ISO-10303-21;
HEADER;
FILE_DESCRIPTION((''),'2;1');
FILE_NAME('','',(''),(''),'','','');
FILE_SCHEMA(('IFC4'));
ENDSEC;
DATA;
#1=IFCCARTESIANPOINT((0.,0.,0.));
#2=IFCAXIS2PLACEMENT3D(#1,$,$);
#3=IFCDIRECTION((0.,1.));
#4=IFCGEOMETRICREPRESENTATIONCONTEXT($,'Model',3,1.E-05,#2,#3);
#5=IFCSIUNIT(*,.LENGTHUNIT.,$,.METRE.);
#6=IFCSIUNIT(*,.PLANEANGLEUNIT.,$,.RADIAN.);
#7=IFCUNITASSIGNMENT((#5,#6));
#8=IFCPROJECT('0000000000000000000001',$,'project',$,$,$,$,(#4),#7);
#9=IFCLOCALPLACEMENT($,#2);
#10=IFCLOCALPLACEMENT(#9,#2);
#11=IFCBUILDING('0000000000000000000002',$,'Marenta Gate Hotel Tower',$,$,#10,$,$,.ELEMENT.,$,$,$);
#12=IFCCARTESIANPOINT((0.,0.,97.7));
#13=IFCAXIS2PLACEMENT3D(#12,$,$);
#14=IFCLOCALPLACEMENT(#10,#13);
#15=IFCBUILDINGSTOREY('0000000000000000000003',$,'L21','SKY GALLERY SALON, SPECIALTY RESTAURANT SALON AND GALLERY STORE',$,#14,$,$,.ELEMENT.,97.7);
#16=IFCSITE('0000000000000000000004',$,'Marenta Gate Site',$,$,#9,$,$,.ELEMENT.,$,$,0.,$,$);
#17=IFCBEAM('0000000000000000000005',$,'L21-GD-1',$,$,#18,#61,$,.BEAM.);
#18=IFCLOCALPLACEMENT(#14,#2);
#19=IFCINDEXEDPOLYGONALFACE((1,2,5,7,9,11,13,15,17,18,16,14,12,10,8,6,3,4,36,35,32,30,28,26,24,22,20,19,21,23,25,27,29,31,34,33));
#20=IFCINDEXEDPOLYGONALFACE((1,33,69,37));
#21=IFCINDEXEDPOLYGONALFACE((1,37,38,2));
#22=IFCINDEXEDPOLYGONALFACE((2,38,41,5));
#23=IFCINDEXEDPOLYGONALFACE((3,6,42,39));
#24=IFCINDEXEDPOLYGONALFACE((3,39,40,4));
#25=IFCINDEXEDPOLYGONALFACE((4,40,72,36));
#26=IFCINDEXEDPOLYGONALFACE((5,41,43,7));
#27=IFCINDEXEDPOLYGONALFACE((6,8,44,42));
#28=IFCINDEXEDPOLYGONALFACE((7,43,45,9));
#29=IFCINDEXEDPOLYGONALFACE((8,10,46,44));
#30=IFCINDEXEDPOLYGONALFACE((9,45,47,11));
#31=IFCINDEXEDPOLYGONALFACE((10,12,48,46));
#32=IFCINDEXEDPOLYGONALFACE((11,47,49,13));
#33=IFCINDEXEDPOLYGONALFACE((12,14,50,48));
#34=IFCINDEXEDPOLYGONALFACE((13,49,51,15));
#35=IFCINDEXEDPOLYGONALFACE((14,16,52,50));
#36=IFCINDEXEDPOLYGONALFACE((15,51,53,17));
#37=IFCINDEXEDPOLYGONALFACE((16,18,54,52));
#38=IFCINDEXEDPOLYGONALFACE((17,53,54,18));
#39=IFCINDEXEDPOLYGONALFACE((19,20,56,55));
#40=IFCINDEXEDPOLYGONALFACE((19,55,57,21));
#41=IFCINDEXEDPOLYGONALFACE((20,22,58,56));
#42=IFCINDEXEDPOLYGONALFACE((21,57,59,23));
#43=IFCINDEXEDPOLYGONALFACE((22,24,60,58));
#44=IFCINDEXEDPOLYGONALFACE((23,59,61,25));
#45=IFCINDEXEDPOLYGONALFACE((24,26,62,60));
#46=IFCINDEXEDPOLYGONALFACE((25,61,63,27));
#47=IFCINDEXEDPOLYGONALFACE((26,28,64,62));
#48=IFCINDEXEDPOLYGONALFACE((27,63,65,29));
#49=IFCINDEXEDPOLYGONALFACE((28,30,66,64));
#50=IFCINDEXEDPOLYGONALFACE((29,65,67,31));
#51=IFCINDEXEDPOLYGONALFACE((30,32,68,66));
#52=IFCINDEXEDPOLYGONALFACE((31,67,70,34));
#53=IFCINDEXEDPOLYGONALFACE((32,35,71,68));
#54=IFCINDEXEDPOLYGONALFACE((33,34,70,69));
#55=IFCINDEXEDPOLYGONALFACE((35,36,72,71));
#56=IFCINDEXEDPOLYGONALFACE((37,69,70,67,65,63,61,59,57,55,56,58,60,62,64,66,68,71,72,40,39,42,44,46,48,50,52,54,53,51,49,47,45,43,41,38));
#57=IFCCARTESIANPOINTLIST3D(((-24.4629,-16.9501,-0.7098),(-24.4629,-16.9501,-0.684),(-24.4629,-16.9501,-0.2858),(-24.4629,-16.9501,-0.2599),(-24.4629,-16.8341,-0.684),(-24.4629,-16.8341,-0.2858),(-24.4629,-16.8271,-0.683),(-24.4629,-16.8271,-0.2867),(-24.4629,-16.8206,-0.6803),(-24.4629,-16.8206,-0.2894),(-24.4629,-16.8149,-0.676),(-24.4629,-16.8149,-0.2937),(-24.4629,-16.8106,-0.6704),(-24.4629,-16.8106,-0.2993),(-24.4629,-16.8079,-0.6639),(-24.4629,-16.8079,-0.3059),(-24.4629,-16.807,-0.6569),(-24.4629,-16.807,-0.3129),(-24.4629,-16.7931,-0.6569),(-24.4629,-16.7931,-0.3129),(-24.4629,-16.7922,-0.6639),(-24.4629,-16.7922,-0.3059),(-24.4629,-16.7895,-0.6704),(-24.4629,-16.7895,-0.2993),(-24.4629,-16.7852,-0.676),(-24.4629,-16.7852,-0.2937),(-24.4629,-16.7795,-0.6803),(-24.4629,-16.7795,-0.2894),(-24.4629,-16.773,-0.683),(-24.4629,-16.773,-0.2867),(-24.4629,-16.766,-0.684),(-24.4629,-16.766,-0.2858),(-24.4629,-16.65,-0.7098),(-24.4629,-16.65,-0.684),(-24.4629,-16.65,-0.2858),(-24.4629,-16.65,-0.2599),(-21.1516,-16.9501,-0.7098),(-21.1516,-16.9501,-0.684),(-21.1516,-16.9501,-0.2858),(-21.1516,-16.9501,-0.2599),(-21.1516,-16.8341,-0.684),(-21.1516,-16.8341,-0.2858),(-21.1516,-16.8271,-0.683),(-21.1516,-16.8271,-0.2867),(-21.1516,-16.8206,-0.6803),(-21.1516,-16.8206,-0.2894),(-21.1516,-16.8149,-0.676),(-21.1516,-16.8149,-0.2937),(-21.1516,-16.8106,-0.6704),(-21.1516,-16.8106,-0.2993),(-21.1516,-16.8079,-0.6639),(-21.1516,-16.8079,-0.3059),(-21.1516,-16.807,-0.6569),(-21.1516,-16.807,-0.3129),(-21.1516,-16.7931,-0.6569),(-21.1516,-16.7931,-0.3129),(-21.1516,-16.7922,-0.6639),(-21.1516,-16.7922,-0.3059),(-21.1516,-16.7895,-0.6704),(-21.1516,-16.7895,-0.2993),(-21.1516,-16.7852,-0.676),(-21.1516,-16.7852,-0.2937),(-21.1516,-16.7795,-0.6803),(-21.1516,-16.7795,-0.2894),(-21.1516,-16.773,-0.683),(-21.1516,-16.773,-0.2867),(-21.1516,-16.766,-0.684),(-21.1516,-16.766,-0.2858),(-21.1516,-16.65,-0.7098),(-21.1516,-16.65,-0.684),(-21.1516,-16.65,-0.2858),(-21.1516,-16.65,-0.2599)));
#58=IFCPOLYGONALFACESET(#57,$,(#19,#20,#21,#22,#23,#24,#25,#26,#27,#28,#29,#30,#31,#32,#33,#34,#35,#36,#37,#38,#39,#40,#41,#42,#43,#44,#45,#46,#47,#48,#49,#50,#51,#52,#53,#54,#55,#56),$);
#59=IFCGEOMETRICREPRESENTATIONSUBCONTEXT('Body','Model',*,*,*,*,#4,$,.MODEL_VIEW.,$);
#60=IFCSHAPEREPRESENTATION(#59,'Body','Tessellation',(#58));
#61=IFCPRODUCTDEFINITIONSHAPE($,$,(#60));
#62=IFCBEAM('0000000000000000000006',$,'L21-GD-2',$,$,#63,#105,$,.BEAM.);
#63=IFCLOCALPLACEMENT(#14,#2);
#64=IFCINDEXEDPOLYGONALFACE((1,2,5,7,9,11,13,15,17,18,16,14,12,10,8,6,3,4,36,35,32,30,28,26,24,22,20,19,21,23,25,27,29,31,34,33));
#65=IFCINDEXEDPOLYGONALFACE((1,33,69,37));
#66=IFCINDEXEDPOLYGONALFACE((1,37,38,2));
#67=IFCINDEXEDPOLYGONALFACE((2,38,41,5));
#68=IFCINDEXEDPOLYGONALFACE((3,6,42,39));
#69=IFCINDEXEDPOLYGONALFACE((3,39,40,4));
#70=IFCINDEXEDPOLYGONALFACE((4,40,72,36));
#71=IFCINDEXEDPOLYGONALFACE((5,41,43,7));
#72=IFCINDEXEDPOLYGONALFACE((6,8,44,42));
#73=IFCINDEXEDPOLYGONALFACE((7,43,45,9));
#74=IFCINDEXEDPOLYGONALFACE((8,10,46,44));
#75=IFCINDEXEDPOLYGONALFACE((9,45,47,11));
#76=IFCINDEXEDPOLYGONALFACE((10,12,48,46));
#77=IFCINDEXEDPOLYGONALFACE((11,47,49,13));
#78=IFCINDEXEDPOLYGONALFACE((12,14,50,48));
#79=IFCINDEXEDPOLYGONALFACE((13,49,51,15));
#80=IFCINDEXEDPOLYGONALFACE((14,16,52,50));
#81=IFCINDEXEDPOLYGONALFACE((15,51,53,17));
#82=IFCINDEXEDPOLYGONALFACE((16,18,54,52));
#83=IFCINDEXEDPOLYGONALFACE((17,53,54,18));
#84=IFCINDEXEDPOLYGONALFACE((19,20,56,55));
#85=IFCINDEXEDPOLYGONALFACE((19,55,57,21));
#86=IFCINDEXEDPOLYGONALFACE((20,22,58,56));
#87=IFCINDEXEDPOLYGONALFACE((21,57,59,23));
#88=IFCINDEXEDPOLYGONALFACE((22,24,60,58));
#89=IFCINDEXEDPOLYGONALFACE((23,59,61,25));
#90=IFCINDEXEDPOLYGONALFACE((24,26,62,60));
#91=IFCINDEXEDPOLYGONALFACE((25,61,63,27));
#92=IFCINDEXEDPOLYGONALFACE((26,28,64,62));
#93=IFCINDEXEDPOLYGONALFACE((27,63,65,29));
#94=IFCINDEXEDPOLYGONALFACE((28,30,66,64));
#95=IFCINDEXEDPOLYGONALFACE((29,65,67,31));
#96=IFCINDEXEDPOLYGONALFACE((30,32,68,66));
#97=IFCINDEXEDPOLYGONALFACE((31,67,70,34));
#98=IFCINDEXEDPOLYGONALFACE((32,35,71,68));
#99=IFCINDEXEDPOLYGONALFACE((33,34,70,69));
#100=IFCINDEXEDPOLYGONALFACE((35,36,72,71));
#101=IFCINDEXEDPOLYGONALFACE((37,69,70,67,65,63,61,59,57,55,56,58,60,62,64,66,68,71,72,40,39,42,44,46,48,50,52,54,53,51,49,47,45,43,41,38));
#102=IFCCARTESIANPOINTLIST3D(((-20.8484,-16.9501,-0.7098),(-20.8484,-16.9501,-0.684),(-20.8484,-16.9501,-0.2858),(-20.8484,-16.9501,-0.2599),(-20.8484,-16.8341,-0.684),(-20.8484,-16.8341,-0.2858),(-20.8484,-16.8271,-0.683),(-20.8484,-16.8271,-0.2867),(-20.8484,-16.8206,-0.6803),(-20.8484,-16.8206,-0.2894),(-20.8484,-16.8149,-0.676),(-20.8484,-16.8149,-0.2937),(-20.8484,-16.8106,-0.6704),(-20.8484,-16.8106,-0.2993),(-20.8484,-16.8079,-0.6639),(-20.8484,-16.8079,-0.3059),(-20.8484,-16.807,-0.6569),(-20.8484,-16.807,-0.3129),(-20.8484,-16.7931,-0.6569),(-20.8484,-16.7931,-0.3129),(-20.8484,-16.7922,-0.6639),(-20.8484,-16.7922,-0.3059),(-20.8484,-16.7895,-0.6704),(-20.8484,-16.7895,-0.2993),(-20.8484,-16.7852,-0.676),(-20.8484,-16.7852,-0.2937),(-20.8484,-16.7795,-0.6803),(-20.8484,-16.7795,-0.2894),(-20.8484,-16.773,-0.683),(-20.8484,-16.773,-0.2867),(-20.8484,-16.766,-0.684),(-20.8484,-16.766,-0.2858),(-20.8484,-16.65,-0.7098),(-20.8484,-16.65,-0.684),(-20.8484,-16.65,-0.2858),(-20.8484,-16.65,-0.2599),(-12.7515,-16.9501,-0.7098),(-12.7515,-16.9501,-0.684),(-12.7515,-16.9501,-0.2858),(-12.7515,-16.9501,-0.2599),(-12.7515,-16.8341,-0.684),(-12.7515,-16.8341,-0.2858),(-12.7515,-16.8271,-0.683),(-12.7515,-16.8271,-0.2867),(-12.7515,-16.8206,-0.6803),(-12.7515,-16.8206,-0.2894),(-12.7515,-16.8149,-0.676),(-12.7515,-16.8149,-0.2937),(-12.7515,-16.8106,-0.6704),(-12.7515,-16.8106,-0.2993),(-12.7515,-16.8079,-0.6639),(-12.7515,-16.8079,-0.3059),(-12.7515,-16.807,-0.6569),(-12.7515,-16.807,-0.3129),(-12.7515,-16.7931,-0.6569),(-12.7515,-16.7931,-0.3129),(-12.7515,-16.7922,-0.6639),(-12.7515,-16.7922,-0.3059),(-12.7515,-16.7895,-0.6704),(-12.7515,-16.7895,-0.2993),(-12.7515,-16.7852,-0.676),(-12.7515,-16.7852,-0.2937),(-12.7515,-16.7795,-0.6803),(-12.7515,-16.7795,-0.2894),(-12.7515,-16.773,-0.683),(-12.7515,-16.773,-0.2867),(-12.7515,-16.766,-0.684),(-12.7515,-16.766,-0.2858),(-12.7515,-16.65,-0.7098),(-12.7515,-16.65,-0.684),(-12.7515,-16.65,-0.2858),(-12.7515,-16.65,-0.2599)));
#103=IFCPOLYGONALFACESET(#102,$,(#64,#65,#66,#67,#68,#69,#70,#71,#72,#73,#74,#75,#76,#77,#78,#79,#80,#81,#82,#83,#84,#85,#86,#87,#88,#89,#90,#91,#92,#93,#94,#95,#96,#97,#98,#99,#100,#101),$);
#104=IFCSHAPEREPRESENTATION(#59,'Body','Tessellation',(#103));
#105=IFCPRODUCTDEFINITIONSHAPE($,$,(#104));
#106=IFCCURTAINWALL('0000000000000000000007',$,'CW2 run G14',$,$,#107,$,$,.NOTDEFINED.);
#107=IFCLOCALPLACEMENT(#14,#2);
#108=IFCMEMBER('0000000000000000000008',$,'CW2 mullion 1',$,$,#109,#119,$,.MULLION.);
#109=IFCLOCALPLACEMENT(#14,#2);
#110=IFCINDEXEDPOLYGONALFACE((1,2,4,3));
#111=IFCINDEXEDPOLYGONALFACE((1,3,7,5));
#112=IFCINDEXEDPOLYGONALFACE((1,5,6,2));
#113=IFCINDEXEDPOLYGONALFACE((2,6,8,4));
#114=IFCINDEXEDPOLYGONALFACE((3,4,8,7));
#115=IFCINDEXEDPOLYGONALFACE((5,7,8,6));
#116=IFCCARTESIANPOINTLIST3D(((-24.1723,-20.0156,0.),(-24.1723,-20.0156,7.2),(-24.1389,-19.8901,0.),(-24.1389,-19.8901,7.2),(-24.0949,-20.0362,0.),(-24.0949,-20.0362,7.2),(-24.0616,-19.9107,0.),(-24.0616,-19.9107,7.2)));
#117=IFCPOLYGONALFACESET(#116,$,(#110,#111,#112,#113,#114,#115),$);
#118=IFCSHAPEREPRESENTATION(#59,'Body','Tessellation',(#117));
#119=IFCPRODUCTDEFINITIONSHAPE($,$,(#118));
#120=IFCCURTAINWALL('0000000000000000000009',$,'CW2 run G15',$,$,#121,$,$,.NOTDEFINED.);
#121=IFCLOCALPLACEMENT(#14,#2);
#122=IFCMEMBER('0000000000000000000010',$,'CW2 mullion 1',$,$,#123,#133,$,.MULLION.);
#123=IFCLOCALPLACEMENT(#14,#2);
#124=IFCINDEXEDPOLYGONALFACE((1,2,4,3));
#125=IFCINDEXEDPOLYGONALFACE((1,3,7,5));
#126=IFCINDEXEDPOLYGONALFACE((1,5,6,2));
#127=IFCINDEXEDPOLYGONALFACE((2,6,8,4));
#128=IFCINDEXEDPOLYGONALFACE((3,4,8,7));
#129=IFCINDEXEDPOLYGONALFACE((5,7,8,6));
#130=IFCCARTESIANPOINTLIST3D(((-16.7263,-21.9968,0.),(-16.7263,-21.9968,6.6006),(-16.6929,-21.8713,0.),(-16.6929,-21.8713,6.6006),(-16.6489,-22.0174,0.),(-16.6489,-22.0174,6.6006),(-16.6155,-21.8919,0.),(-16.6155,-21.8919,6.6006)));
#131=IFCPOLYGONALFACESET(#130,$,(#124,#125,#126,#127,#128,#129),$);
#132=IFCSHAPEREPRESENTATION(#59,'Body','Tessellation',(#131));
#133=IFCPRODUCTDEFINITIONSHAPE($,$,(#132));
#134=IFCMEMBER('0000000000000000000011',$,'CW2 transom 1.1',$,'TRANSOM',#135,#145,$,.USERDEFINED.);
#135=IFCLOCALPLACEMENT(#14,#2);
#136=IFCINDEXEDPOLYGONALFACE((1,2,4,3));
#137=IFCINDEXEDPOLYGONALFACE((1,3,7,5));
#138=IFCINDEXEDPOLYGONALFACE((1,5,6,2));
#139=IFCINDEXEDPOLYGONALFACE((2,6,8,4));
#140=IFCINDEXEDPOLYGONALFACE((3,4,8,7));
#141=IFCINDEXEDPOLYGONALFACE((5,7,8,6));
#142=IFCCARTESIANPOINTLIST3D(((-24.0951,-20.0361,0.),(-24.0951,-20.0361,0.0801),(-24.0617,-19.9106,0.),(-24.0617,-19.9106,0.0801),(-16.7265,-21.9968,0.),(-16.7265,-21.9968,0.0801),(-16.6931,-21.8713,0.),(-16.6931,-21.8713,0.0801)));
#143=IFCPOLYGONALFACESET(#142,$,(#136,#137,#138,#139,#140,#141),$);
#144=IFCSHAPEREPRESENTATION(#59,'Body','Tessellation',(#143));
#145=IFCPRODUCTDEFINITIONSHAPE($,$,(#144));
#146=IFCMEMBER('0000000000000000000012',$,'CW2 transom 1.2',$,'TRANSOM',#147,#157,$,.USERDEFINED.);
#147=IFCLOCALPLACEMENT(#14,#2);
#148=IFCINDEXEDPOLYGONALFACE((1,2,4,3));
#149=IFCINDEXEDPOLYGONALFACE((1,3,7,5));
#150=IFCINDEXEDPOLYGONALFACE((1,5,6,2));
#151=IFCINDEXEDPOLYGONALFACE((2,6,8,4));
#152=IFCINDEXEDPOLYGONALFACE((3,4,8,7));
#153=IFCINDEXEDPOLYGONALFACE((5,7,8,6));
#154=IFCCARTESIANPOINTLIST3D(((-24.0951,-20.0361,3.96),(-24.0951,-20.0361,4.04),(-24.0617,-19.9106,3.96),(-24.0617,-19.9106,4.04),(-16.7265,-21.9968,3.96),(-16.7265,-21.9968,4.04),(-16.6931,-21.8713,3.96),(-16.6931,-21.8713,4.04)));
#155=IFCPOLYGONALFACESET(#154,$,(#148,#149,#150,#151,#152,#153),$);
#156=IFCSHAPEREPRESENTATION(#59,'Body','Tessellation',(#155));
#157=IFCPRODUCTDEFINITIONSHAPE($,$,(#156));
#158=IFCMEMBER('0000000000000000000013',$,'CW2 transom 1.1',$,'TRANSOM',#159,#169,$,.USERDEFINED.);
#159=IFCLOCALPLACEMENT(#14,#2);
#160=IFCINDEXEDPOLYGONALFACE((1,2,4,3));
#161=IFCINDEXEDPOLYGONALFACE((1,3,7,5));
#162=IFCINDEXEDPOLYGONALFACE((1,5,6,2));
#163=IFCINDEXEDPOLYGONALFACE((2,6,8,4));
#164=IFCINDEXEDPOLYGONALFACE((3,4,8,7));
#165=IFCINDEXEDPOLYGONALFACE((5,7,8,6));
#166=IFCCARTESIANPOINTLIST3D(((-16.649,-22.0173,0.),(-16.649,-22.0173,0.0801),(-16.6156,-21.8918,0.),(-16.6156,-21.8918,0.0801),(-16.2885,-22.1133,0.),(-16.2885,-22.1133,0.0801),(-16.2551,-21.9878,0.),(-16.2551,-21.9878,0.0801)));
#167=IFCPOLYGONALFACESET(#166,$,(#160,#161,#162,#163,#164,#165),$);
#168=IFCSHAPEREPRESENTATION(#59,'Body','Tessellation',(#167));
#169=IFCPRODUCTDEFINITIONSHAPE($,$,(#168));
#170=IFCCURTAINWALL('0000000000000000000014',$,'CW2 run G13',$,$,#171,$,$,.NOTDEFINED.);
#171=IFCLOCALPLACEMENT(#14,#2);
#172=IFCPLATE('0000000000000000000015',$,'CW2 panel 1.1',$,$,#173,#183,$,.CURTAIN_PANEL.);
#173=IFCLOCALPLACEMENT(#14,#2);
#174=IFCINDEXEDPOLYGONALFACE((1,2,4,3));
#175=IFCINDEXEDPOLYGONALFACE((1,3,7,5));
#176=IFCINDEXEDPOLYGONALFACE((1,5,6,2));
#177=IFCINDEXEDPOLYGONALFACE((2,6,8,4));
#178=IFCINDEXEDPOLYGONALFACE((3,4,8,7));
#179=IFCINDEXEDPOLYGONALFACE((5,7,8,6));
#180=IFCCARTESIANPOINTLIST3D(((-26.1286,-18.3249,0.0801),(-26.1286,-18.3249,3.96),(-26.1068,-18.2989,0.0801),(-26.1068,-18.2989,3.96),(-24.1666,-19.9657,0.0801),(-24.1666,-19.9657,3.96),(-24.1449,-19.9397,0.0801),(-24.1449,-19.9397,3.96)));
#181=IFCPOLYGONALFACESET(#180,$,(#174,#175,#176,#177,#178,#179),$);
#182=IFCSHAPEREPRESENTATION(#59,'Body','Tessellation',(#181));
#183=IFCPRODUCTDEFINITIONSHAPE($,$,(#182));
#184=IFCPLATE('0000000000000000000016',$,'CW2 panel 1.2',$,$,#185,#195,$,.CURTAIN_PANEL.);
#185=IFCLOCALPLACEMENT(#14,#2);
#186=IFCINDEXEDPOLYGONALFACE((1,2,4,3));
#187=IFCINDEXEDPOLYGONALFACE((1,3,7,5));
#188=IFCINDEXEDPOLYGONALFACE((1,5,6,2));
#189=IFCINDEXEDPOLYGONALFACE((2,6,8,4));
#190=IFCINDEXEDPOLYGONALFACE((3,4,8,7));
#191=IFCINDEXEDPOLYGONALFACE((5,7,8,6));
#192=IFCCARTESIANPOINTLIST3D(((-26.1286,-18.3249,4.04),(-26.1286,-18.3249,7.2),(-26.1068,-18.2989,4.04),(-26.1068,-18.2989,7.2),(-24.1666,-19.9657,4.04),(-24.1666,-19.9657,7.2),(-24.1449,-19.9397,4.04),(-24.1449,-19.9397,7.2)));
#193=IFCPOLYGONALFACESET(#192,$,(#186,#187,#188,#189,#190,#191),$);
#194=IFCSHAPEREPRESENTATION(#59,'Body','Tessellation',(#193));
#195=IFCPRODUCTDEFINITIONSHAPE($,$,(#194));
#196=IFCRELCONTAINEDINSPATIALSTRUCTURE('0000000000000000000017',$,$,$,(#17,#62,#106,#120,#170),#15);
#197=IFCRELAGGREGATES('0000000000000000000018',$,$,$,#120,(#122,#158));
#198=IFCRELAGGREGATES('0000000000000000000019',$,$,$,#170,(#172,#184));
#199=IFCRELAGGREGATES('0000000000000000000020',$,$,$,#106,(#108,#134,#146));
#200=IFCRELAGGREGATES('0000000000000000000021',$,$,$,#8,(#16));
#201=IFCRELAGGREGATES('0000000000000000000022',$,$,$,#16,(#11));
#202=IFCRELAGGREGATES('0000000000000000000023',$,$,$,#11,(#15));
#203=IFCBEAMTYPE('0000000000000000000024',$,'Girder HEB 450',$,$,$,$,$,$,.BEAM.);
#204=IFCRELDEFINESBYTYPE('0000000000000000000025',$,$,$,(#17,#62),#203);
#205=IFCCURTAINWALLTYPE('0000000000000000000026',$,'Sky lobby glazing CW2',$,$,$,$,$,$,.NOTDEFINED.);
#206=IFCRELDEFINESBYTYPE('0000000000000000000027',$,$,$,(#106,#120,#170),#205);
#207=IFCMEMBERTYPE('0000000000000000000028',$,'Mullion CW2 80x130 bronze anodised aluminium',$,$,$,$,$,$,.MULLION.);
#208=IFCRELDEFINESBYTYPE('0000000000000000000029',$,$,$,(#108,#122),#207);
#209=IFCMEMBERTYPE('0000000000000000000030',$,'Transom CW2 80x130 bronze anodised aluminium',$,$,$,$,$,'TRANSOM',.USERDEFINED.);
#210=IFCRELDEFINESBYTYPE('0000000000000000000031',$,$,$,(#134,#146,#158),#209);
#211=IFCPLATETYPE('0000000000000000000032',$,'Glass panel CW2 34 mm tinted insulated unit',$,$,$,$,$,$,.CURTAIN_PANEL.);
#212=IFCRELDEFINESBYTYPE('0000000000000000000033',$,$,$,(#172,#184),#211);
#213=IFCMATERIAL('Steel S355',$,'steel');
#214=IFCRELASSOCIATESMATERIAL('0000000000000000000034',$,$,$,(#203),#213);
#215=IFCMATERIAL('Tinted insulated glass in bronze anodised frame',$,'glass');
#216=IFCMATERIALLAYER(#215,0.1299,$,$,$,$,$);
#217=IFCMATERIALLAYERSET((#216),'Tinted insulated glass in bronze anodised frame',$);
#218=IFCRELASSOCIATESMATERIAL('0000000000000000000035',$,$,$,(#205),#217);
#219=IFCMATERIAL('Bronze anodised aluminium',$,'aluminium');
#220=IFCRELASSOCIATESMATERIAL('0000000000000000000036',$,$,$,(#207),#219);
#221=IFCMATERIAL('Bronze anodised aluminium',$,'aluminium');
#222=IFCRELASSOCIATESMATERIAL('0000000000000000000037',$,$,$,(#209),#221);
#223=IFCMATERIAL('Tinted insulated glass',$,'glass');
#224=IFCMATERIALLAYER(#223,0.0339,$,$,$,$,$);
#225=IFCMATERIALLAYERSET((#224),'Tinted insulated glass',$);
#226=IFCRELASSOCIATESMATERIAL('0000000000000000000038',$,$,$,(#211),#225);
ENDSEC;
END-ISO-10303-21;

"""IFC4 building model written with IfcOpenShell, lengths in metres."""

from ifc_helpers import new_model, si_unit, direction, frame, origin, origin_2d, place, context, subcontext, project, spatial, rectangle, i_section, extrude, material, layer, layer_set, material_profile, profile_set, type_object, element, aggregate, save


model = new_model("IFC4")

# Units and contexts
model_context = context("Model", 3, precision=1e-05, world=origin(), true_north=direction((0.0, 1.0)))
body_context = subcontext(model_context, "Body", "Model", "MODEL_VIEW")
ifc_project = project(units=[si_unit("LENGTHUNIT", "METRE"), si_unit("PLANEANGLEUNIT", "RADIAN")], contexts=[model_context])

# Site, building, storey
site_placement = place(None, origin())
site = spatial("IfcSite", under=ifc_project, at=site_placement, Name="Marenta Gate Site", CompositionType="ELEMENT", RefElevation=0.0)
building_placement = place(site_placement, origin())
building = spatial("IfcBuilding", under=site, at=building_placement, Name="Marenta Gate Hotel Tower", CompositionType="ELEMENT")
storey_placement = place(building_placement, frame((0.0, 0.0, 97.7)))
storey = spatial("IfcBuildingStorey", under=building, at=storey_placement, Name="L21", Description="SKY GALLERY SALON, SPECIALTY RESTAURANT SALON AND GALLERY STORE", CompositionType="ELEMENT", Elevation=97.7)

# Beams
ifc_material_1 = material(Name="Steel S355", Category="steel")
ifc_material_profile_1 = material_profile(ifc_material_1, i_section(OverallWidth=0.3, OverallDepth=0.45, WebThickness=0.0139, FlangeThickness=0.0259, FilletRadius=0.0271, at=origin_2d()), Name="HEB 450")
ifc_profile_set_1 = profile_set([ifc_material_profile_1], Name="Steel S355")
beam_type_1 = type_object("IfcBeamType", Name="Girder HEB 450", PredefinedType="BEAM", material=ifc_profile_set_1)
beam_1_placement = place(storey_placement, frame((-24.4629, -16.8, -0.4849), z_axis=(1.0, 0.0, 0.0), x_axis=(0.0, 1.0, 0.0)))
element("IfcBeam", 1, at=beam_1_placement, inside=storey, type_object=beam_type_1, Name="L21-GD-1", PredefinedType="BEAM", context=body_context, shape_type="SweptSolid", body=[
    extrude(i_section(OverallWidth=0.3, OverallDepth=0.45, WebThickness=0.0139, FlangeThickness=0.0259, FilletRadius=0.0271, at=origin_2d()), origin(), (0.0, 0.0, 1.0), 3.3113),
])
beam_2_placement = place(storey_placement, frame((-20.8484, -16.8, -0.4849), z_axis=(1.0, 0.0, 0.0), x_axis=(0.0, 1.0, 0.0)))
element("IfcBeam", 2, at=beam_2_placement, inside=storey, type_object=beam_type_1, Name="L21-GD-2", PredefinedType="BEAM", context=body_context, shape_type="SweptSolid", body=[
    extrude(i_section(OverallWidth=0.3, OverallDepth=0.45, WebThickness=0.0139, FlangeThickness=0.0259, FilletRadius=0.0271, at=origin_2d()), origin(), (0.0, 0.0, 1.0), 8.0969),
])

# Curtain walls, members
ifc_material_2 = material(Name="Tinted insulated glass in bronze anodised frame", Category="glass")
ifc_layer_1 = layer(ifc_material_2, 0.1299)
ifc_layer_set_1 = layer_set([ifc_layer_1], Name="Tinted insulated glass in bronze anodised frame")
curtain_wall_type = type_object("IfcCurtainWallType", Name="Sky lobby glazing CW2", PredefinedType="NOTDEFINED", material=ifc_layer_set_1)
curtain_wall_1_placement = place(storey_placement, origin())
curtain_wall_1 = element("IfcCurtainWall", 3, at=curtain_wall_1_placement, inside=storey, type_object=curtain_wall_type, Name="CW2 run G14", PredefinedType="NOTDEFINED")
ifc_material_3 = material(Name="Bronze anodised aluminium", Category="aluminium")
ifc_material_profile_2 = material_profile(ifc_material_3, rectangle(XDim=0.1299, YDim=0.0801, at=origin_2d()), Name="Mullion CW2 80x130 bronze anodised aluminium")
ifc_profile_set_2 = profile_set([ifc_material_profile_2], Name="Bronze anodised aluminium")
member_type_1 = type_object("IfcMemberType", Name="Mullion CW2 80x130 bronze anodised aluminium", PredefinedType="MULLION", material=ifc_profile_set_2)
member_1_placement = place(storey_placement, frame((-24.1169, -19.9631, 0.0), z_axis=(0.0, 0.0, 1.0), x_axis=(0.257138, 0.966375, 0.0)))
member_1 = element("IfcMember", 4, at=member_1_placement, type_object=member_type_1, Name="CW2 mullion 1", PredefinedType="MULLION", context=body_context, shape_type="SweptSolid", body=[
    extrude(rectangle(XDim=0.1299, YDim=0.0801, at=origin_2d()), origin(), (0.0, 0.0, 1.0), 7.2),
])
curtain_wall_2_placement = place(storey_placement, origin())
curtain_wall_2 = element("IfcCurtainWall", 5, at=curtain_wall_2_placement, inside=storey, type_object=curtain_wall_type, Name="CW2 run G15", PredefinedType="NOTDEFINED")
member_2_placement = place(storey_placement, frame((-16.6709, -21.9443, 0.0), z_axis=(0.0, 0.0, 1.0), x_axis=(0.257154, 0.96637, 0.0)))
member_2 = element("IfcMember", 6, at=member_2_placement, type_object=member_type_1, Name="CW2 mullion 1", PredefinedType="MULLION", context=body_context, shape_type="SweptSolid", body=[
    extrude(rectangle(XDim=0.1299, YDim=0.0801, at=origin_2d()), origin(), (0.0, 0.0, 1.0), 6.6006),
])

# Members
ifc_material_4 = material(Name="Bronze anodised aluminium", Category="aluminium")
ifc_material_profile_3 = material_profile(ifc_material_4, rectangle(XDim=0.1299, YDim=0.0801, at=origin_2d()), Name="Transom CW2 80x130 bronze anodised aluminium")
ifc_profile_set_3 = profile_set([ifc_material_profile_3], Name="Bronze anodised aluminium")
member_type_2 = type_object("IfcMemberType", Name="Transom CW2 80x130 bronze anodised aluminium", ElementType="TRANSOM", PredefinedType="USERDEFINED", material=ifc_profile_set_3)
member_3_placement = place(storey_placement, frame((-24.0784, -19.9734, 0.04), z_axis=(0.966375, -0.257138, 0.0), x_axis=(0.257138, 0.966375, 0.0)))
member_3 = element("IfcMember", 7, at=member_3_placement, type_object=member_type_2, Name="CW2 transom 1.1", ObjectType="TRANSOM", PredefinedType="USERDEFINED", context=body_context, shape_type="SweptSolid", body=[
    extrude(rectangle(XDim=0.1299, YDim=0.0801, at=origin_2d()), origin(), (0.0, 0.0, 1.0), 7.625),
])
member_4_placement = place(storey_placement, frame((-24.0784, -19.9734, 4.0), z_axis=(0.966375, -0.257138, 0.0), x_axis=(0.257138, 0.966375, 0.0)))
member_4 = element("IfcMember", 8, at=member_4_placement, type_object=member_type_2, Name="CW2 transom 1.2", ObjectType="TRANSOM", PredefinedType="USERDEFINED", context=body_context, shape_type="SweptSolid", body=[
    extrude(rectangle(XDim=0.1299, YDim=0.0801, at=origin_2d()), origin(), (0.0, 0.0, 1.0), 7.625),
])
member_5_placement = place(storey_placement, frame((-16.6323, -21.9546, 0.04), z_axis=(0.966376, -0.257133, 0.0), x_axis=(0.257133, 0.966376, 0.0)))
member_5 = element("IfcMember", 9, at=member_5_placement, type_object=member_type_2, Name="CW2 transom 1.1", ObjectType="TRANSOM", PredefinedType="USERDEFINED", context=body_context, shape_type="SweptSolid", body=[
    extrude(rectangle(XDim=0.1299, YDim=0.0801, at=origin_2d()), origin(), (0.0, 0.0, 1.0), 0.373),
])
aggregate(curtain_wall_2, [member_2, member_5])

# Curtain wall, plates
curtain_wall_3_placement = place(storey_placement, origin())
curtain_wall_3 = element("IfcCurtainWall", 10, at=curtain_wall_3_placement, inside=storey, type_object=curtain_wall_type, Name="CW2 run G13", PredefinedType="NOTDEFINED")
ifc_material_5 = material(Name="Tinted insulated glass", Category="glass")
ifc_layer_2 = layer(ifc_material_5, 0.0339)
ifc_layer_set_2 = layer_set([ifc_layer_2], Name="Tinted insulated glass")
plate_type = type_object("IfcPlateType", Name="Glass panel CW2 34 mm tinted insulated unit", PredefinedType="CURTAIN_PANEL", material=ifc_layer_set_2)
plate_1_placement = place(storey_placement, frame((-25.1367, -19.1323, 0.0801), z_axis=(0.0, 0.0, 1.0), x_axis=(0.767098, -0.64153, 0.0)))
plate_1 = element("IfcPlate", 11, at=plate_1_placement, type_object=plate_type, Name="CW2 panel 1.1", PredefinedType="CURTAIN_PANEL", context=body_context, shape_type="SweptSolid", body=[
    extrude(rectangle(XDim=2.5576, YDim=0.0339, at=origin_2d()), origin(), (0.0, 0.0, 1.0), 3.8799),
])
plate_2_placement = place(storey_placement, frame((-25.1367, -19.1323, 4.04), z_axis=(0.0, 0.0, 1.0), x_axis=(0.767098, -0.64153, 0.0)))
plate_2 = element("IfcPlate", 12, at=plate_2_placement, type_object=plate_type, Name="CW2 panel 1.2", PredefinedType="CURTAIN_PANEL", context=body_context, shape_type="SweptSolid", body=[
    extrude(rectangle(XDim=2.5576, YDim=0.0339, at=origin_2d()), origin(), (0.0, 0.0, 1.0), 3.1599),
])
aggregate(curtain_wall_3, [plate_1, plate_2])

aggregate(curtain_wall_1, [member_1, member_3, member_4])

save(model, "model.ifc")
